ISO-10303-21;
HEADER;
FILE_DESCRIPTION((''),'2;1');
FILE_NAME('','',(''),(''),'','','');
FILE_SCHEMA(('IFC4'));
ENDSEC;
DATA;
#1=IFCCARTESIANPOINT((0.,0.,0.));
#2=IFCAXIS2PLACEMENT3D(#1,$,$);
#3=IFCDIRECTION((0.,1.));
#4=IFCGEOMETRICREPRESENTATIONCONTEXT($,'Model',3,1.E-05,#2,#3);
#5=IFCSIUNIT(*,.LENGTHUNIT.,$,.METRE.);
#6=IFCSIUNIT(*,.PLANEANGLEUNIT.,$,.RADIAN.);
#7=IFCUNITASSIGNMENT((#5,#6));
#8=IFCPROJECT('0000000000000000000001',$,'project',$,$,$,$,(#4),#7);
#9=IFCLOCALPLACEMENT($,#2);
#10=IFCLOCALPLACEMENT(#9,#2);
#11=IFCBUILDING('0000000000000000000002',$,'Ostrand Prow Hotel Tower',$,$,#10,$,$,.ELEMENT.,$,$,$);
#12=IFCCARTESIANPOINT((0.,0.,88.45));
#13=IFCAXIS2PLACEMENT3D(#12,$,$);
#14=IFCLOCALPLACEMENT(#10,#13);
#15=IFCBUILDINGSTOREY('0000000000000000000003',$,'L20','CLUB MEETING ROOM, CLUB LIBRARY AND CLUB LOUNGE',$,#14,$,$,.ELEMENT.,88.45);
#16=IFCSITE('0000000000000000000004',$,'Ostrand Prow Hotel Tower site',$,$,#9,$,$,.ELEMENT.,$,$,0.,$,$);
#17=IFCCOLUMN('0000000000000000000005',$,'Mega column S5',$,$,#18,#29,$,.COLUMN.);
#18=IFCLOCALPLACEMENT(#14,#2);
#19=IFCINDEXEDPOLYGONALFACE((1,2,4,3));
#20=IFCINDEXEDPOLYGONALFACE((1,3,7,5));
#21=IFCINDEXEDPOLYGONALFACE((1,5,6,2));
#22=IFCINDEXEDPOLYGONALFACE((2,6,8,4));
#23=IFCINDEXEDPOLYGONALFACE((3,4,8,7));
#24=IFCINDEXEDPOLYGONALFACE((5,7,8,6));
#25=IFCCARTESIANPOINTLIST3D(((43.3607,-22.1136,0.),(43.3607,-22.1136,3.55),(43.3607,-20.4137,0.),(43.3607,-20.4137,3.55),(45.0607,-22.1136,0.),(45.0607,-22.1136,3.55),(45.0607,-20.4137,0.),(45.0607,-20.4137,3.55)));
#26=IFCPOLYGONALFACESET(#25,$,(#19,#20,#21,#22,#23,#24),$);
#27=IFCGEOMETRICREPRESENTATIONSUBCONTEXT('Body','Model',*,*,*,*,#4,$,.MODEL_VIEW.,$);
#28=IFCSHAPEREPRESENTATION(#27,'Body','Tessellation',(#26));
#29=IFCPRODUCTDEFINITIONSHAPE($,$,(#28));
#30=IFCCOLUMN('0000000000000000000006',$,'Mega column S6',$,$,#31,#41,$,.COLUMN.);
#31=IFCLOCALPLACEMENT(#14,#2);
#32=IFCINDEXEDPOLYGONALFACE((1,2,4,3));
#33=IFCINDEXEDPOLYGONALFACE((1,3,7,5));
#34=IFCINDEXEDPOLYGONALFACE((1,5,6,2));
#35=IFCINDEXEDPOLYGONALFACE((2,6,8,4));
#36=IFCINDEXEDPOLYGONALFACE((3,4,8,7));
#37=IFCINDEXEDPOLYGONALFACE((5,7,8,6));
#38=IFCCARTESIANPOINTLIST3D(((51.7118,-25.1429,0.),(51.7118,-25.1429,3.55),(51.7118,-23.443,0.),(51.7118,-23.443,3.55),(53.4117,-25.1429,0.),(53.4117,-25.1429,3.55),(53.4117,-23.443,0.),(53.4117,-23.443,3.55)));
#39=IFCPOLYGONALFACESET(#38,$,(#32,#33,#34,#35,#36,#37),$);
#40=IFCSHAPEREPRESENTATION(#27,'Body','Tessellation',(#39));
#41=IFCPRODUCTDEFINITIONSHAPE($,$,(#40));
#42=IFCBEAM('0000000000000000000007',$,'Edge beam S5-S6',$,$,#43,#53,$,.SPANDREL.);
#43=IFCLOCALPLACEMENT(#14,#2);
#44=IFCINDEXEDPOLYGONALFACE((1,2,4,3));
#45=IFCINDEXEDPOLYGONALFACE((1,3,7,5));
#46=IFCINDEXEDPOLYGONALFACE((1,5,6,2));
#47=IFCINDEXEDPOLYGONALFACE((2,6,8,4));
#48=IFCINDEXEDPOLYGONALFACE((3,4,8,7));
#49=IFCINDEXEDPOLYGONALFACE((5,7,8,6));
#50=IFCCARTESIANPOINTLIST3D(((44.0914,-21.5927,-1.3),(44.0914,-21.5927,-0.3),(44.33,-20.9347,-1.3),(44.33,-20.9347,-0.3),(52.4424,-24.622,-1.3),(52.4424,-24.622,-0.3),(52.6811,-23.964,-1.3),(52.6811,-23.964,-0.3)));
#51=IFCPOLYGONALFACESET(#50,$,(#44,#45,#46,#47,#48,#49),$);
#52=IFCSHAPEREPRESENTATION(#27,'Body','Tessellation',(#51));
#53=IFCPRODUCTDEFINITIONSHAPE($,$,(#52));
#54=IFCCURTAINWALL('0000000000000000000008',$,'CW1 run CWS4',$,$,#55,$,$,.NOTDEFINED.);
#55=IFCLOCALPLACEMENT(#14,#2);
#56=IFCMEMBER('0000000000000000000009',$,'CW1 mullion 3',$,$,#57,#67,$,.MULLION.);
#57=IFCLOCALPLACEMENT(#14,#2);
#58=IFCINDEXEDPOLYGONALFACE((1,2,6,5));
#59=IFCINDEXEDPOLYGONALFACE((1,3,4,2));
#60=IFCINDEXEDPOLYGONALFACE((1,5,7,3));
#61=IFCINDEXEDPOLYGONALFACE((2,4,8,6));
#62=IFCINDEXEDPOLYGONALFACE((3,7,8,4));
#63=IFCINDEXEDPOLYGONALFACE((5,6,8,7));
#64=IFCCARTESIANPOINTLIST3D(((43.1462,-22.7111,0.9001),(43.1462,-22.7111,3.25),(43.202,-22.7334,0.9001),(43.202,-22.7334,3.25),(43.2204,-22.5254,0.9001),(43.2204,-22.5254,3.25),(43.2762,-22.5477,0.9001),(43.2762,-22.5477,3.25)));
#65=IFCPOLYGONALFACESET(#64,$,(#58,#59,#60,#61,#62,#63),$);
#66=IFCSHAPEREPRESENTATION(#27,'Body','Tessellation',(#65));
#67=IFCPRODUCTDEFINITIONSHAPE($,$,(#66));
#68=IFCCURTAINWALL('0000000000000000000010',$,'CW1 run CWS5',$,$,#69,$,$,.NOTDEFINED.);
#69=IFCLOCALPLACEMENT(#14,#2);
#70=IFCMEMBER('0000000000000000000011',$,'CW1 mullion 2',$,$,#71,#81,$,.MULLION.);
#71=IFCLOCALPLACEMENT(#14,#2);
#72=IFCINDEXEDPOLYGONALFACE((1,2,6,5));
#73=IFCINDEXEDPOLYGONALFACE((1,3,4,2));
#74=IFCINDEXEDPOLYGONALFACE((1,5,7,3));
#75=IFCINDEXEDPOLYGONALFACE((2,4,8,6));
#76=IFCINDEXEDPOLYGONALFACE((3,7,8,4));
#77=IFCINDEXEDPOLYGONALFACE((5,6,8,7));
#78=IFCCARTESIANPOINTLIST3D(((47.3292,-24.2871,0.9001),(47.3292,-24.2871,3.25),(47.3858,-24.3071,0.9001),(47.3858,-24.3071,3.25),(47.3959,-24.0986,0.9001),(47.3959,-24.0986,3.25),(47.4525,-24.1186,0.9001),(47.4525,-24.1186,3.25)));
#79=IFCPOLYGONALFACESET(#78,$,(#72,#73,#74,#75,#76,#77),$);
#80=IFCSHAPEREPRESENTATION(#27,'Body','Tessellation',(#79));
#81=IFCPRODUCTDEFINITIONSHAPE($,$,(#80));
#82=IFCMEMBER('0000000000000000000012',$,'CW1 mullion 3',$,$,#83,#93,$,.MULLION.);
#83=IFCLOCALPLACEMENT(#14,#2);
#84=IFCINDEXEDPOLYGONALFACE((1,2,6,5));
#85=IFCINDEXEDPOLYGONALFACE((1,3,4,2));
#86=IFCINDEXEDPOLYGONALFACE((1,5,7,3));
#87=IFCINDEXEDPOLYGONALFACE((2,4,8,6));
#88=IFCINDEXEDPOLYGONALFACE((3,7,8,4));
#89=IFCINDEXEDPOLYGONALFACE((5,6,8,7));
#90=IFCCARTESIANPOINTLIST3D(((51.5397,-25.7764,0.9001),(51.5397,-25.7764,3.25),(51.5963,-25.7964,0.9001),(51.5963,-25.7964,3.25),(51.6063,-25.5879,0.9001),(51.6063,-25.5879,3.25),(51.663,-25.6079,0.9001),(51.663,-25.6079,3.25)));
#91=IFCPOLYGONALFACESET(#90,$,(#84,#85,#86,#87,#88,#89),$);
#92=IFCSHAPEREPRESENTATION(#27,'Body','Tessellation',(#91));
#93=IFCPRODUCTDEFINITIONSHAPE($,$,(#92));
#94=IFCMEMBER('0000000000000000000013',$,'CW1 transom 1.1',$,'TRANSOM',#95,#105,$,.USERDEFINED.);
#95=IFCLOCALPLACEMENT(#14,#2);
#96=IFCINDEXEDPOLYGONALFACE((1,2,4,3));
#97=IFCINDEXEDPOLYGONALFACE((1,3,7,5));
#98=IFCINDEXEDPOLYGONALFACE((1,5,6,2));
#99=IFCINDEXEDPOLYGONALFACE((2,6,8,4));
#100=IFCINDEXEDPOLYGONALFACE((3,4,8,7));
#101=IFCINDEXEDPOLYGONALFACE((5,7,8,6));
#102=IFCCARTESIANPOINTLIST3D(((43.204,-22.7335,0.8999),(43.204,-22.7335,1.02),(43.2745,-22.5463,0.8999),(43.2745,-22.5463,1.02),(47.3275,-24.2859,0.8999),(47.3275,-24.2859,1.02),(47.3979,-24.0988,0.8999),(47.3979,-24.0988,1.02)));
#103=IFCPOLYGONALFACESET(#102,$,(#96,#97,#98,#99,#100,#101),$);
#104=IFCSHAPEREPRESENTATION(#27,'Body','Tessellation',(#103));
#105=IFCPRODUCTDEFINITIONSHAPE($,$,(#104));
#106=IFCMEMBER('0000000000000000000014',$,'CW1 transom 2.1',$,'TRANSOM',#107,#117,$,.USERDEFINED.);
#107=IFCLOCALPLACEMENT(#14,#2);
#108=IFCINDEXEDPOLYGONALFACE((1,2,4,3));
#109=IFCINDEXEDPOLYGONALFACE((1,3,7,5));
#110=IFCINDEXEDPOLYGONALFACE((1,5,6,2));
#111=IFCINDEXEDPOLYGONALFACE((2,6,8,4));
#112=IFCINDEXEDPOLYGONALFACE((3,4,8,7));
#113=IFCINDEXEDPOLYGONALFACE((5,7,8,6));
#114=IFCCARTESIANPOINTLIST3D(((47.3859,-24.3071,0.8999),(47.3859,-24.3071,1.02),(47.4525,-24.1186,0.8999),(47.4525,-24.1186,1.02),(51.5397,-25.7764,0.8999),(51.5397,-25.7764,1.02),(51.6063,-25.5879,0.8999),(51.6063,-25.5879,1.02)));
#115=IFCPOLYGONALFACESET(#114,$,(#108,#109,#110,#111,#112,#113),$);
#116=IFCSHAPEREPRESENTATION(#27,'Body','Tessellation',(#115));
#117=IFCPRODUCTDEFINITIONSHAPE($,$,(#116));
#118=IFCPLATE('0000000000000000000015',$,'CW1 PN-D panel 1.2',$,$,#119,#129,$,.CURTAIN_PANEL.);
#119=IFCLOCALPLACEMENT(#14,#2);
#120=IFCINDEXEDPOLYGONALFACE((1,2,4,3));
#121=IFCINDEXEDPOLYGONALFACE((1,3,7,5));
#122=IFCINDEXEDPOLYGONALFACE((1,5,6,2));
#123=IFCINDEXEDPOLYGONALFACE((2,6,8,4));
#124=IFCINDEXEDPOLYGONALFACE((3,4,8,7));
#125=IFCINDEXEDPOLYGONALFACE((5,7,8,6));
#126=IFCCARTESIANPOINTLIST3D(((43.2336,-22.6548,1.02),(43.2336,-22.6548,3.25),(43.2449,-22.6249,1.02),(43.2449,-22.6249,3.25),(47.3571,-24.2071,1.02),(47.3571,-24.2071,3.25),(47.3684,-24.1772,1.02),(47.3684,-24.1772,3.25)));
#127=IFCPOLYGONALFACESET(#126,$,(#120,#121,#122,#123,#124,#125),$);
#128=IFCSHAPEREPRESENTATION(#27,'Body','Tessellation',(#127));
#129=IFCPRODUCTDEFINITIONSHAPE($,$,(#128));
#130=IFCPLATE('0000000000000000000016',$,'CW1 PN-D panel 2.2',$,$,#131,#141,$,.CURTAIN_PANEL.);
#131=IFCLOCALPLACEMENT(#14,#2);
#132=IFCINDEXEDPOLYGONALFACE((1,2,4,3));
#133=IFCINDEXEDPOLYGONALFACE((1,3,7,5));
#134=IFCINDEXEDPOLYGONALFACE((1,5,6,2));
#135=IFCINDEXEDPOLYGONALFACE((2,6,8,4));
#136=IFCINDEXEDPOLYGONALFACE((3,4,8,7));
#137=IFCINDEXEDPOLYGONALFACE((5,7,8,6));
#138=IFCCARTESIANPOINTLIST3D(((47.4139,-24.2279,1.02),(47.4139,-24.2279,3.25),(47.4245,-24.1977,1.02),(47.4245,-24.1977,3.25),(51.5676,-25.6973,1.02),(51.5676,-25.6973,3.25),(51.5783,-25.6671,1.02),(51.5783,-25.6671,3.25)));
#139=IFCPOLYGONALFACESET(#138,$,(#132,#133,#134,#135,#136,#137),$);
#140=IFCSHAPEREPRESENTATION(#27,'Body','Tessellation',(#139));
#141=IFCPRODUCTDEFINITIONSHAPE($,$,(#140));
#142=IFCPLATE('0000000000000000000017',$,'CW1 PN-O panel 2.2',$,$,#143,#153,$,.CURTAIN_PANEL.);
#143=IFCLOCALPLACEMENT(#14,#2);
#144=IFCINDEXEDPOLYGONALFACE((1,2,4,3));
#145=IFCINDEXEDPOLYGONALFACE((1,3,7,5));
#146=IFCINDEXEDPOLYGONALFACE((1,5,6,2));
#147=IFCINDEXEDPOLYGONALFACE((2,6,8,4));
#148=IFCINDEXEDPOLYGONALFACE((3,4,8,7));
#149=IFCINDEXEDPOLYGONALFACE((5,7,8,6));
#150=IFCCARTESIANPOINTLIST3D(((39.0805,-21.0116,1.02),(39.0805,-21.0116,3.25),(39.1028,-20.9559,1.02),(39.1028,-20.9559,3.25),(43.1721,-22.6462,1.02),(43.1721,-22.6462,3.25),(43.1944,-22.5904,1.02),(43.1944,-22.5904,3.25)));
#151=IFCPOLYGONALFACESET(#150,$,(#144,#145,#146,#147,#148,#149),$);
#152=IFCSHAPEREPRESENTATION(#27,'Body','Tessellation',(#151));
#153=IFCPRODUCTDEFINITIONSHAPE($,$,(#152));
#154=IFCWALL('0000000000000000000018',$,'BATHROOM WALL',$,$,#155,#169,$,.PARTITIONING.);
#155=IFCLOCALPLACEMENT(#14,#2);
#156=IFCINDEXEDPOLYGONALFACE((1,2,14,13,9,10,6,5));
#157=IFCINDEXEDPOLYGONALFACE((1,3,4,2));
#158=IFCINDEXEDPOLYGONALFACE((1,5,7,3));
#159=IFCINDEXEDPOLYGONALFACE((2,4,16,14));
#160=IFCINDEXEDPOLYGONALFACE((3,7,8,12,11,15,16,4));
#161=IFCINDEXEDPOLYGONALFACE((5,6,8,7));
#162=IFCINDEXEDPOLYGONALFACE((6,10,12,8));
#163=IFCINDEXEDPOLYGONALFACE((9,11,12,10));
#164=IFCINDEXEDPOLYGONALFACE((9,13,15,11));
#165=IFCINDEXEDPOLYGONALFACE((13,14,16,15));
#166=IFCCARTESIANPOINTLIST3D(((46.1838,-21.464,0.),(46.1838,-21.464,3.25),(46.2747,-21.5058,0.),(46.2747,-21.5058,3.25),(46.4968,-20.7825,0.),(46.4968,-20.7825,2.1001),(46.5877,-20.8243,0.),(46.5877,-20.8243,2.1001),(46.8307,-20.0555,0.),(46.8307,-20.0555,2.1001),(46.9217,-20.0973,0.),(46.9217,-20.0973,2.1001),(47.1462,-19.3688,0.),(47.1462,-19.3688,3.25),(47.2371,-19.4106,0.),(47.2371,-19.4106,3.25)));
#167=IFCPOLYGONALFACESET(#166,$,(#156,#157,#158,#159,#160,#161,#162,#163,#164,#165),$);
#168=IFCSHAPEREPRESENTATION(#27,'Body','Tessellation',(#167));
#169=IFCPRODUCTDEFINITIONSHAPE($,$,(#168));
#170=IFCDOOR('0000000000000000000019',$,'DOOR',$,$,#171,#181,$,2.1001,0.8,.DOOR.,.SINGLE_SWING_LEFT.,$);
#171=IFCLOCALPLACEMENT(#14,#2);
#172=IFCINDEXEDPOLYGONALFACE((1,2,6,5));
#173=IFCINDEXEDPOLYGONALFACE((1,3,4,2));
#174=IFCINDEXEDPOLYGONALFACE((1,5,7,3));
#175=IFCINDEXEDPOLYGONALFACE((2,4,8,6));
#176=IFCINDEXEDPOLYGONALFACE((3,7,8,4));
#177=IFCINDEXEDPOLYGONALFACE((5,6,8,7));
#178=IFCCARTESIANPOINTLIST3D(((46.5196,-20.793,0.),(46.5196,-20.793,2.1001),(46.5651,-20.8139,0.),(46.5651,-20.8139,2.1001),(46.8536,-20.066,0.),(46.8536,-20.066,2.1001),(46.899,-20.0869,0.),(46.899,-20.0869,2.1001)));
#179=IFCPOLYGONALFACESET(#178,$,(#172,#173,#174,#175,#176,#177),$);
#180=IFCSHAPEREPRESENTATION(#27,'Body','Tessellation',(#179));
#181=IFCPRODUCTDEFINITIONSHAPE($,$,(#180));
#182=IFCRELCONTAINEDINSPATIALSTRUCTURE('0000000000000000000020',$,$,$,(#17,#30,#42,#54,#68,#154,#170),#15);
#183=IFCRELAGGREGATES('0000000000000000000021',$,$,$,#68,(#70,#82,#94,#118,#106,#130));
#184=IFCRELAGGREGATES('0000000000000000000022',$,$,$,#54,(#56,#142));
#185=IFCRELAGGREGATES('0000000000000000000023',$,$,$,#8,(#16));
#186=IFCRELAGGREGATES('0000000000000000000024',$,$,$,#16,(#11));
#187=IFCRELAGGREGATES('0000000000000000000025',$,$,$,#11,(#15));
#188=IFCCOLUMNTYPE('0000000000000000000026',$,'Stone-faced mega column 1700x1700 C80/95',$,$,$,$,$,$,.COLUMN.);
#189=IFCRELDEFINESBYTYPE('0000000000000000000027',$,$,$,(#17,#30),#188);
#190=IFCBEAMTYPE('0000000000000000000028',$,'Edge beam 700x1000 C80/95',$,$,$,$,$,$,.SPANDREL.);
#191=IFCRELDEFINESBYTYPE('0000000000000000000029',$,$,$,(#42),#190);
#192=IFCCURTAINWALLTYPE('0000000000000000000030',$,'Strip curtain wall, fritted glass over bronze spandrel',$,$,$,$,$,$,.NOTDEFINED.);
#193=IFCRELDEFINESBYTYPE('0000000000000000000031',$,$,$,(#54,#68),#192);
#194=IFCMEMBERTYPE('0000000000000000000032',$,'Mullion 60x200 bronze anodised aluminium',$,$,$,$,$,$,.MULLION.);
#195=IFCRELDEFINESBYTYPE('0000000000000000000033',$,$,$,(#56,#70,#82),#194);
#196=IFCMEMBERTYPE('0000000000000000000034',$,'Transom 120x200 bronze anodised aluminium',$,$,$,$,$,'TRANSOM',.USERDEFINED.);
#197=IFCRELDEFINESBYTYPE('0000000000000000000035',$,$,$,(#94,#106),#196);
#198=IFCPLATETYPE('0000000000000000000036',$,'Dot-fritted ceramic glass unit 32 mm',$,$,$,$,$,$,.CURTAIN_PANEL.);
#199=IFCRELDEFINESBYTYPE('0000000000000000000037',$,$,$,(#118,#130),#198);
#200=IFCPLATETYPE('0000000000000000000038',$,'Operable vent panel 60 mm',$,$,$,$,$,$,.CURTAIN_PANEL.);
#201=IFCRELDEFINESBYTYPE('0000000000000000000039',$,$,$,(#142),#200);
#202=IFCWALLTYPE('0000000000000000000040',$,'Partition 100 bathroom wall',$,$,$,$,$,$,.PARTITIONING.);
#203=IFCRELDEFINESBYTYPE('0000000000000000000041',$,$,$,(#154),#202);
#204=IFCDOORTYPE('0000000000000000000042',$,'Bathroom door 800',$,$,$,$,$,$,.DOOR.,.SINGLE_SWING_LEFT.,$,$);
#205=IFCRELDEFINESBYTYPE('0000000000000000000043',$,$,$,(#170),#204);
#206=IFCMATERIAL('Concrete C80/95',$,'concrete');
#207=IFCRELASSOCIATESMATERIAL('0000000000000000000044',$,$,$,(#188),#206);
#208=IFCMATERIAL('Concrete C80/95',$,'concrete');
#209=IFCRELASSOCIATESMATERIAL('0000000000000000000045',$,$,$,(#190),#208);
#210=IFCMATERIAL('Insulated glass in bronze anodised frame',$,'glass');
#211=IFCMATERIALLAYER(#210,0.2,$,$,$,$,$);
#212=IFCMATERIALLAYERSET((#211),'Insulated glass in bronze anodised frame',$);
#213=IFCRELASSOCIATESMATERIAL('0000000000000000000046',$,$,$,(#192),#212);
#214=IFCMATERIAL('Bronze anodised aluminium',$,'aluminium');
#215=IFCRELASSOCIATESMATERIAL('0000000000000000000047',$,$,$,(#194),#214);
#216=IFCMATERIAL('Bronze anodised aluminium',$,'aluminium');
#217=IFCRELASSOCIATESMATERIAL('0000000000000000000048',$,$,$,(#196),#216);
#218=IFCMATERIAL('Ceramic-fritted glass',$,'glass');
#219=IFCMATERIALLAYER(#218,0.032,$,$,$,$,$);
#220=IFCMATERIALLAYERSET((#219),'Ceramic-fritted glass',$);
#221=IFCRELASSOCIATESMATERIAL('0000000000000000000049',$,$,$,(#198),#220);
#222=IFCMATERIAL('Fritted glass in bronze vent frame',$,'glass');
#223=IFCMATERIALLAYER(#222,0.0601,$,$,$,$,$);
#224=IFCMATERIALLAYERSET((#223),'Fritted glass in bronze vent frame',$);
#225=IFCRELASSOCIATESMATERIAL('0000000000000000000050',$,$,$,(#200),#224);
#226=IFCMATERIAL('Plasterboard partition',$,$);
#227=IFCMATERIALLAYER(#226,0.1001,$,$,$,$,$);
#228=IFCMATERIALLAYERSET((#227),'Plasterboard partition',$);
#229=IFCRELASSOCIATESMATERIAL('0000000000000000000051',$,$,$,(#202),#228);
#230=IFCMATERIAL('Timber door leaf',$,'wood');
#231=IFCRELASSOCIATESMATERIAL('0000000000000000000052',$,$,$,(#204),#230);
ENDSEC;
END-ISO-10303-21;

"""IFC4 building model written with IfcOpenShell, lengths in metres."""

from ifc_helpers import new_model, si_unit, direction, frame, frame_2d, origin, origin_2d, place, context, subcontext, project, spatial, rectangle, extrude, material, layer, layer_set, material_profile, profile_set, type_object, element, fill, aggregate, save


model = new_model("IFC4")

# Units and contexts
model_context = context("Model", 3, precision=1e-05, world=origin(), true_north=direction((0.0, 1.0)))
body_context = subcontext(model_context, "Body", "Model", "MODEL_VIEW")
ifc_project = project(units=[si_unit("LENGTHUNIT", "METRE"), si_unit("PLANEANGLEUNIT", "RADIAN")], contexts=[model_context])

# Site, building, storey
site_placement = place(None, origin())
site = spatial("IfcSite", under=ifc_project, at=site_placement, Name="Ostrand Prow Hotel Tower site", CompositionType="ELEMENT", RefElevation=0.0)
building_placement = place(site_placement, origin())
building = spatial("IfcBuilding", under=site, at=building_placement, Name="Ostrand Prow Hotel Tower", CompositionType="ELEMENT")
storey_placement = place(building_placement, frame((0.0, 0.0, 88.45)))
storey = spatial("IfcBuildingStorey", under=building, at=storey_placement, Name="L20", Description="CLUB MEETING ROOM, CLUB LIBRARY AND CLUB LOUNGE", CompositionType="ELEMENT", Elevation=88.45)

# Columns
ifc_material_1 = material(Name="Concrete C80/95", Category="concrete")
ifc_material_profile_1 = material_profile(ifc_material_1, rectangle(XDim=1.7, YDim=1.7, at=origin_2d()), Name="RC 1700x1700")
ifc_profile_set_1 = profile_set([ifc_material_profile_1], Name="Concrete C80/95")
column_type = type_object("IfcColumnType", Name="Stone-faced mega column 1700x1700 C80/95", PredefinedType="COLUMN", material=ifc_profile_set_1)
for number, where, z_axis, x_axis, name in (
    (1, (44.2107, -21.2637, 0.0), (0.0, 0.0, 1.0), (1.0, 0.0, 0.0), "Mega column S5"),
    (2, (52.5618, -24.293, 0.0), (0.0, 0.0, 1.0), (1.0, 0.0, 0.0), "Mega column S6"),
):
    element("IfcColumn", number, at=place(storey_placement, frame(where, z_axis=z_axis, x_axis=x_axis)), inside=storey, type_object=column_type, Name=name, PredefinedType="COLUMN", context=body_context, shape_type="SweptSolid", body=[
        extrude(rectangle(XDim=1.7, YDim=1.7, at=origin_2d()), origin(), (0.0, 0.0, 1.0), 3.55),
    ])

# Beam
ifc_material_2 = material(Name="Concrete C80/95", Category="concrete")
ifc_material_profile_2 = material_profile(ifc_material_2, rectangle(XDim=0.7, YDim=1.0, at=origin_2d()), Name="RC 700x1000")
ifc_profile_set_2 = profile_set([ifc_material_profile_2], Name="Concrete C80/95")
beam_type = type_object("IfcBeamType", Name="Edge beam 700x1000 C80/95", PredefinedType="SPANDREL", material=ifc_profile_set_2)
beam_placement = place(storey_placement, frame((44.2107, -21.2637, -0.8), z_axis=(0.940063, -0.341002, 0.0), x_axis=(0.341002, 0.940063, 0.0)))
element("IfcBeam", 3, at=beam_placement, inside=storey, type_object=beam_type, Name="Edge beam S5-S6", PredefinedType="SPANDREL", context=body_context, shape_type="SweptSolid", body=[
    extrude(rectangle(XDim=0.7, YDim=1.0, at=origin_2d()), origin(), (0.0, 0.0, 1.0), 8.8835),
])

# Curtain wall, member
ifc_material_3 = material(Name="Insulated glass in bronze anodised frame", Category="glass")
ifc_layer_1 = layer(ifc_material_3, 0.2)
ifc_layer_set_1 = layer_set([ifc_layer_1], Name="Insulated glass in bronze anodised frame")
curtain_wall_type = type_object("IfcCurtainWallType", Name="Strip curtain wall, fritted glass over bronze spandrel", PredefinedType="NOTDEFINED", material=ifc_layer_set_1)
curtain_wall_1_placement = place(storey_placement, origin())
curtain_wall_1 = element("IfcCurtainWall", 4, at=curtain_wall_1_placement, inside=storey, type_object=curtain_wall_type, Name="CW1 run CWS4", PredefinedType="NOTDEFINED")
ifc_material_4 = material(Name="Bronze anodised aluminium", Category="aluminium")
ifc_material_profile_3 = material_profile(ifc_material_4, rectangle(XDim=0.2, YDim=0.0601, at=origin_2d()), Name="Mullion 60x200 bronze anodised aluminium")
ifc_profile_set_3 = profile_set([ifc_material_profile_3], Name="Bronze anodised aluminium")
member_type_1 = type_object("IfcMemberType", Name="Mullion 60x200 bronze anodised aluminium", PredefinedType="MULLION", material=ifc_profile_set_3)
member_1_placement = place(storey_placement, frame((43.2112, -22.6294, 0.9001), z_axis=(0.0, 0.0, 1.0), x_axis=(0.370982, 0.92864, 0.0)))
member_1 = element("IfcMember", 5, at=member_1_placement, type_object=member_type_1, Name="CW1 mullion 3", PredefinedType="MULLION", context=body_context, shape_type="SweptSolid", body=[
    extrude(rectangle(XDim=0.2, YDim=0.0601, at=origin_2d()), origin(), (0.0, 0.0, 1.0), 2.3499),
])

# Curtain wall, members, plates
curtain_wall_2_placement = place(storey_placement, origin())
curtain_wall_2 = element("IfcCurtainWall", 6, at=curtain_wall_2_placement, inside=storey, type_object=curtain_wall_type, Name="CW1 run CWS5", PredefinedType="NOTDEFINED")
member_2_placement = place(storey_placement, frame((47.3909, -24.2029, 0.9001), z_axis=(0.0, 0.0, 1.0), x_axis=(0.333496, 0.942752, 0.0)))
member_2 = element("IfcMember", 7, at=member_2_placement, type_object=member_type_1, Name="CW1 mullion 2", PredefinedType="MULLION", context=body_context, shape_type="SweptSolid", body=[
    extrude(rectangle(XDim=0.2, YDim=0.0601, at=origin_2d()), origin(), (0.0, 0.0, 1.0), 2.3499),
])
member_3_placement = place(storey_placement, frame((51.6013, -25.6921, 0.9001), z_axis=(0.0, 0.0, 1.0), x_axis=(0.333496, 0.942752, 0.0)))
member_3 = element("IfcMember", 8, at=member_3_placement, type_object=member_type_1, Name="CW1 mullion 3", PredefinedType="MULLION", context=body_context, shape_type="SweptSolid", body=[
    extrude(rectangle(XDim=0.2, YDim=0.0601, at=origin_2d()), origin(), (0.0, 0.0, 1.0), 2.3499),
])
ifc_material_5 = material(Name="Bronze anodised aluminium", Category="aluminium")
ifc_material_profile_4 = material_profile(ifc_material_5, rectangle(XDim=0.2, YDim=0.1201, at=origin_2d()), Name="Transom 120x200 bronze anodised aluminium")
ifc_profile_set_4 = profile_set([ifc_material_profile_4], Name="Bronze anodised aluminium")
member_type_2 = type_object("IfcMemberType", Name="Transom 120x200 bronze anodised aluminium", ElementType="TRANSOM", PredefinedType="USERDEFINED", material=ifc_profile_set_4)
member_4_placement = place(storey_placement, frame((43.2393, -22.6399, 0.96), z_axis=(0.935868, -0.35235, 0.0), x_axis=(0.35235, 0.935868, 0.0)))
member_4 = element("IfcMember", 9, at=member_4_placement, type_object=member_type_2, Name="CW1 transom 1.1", ObjectType="TRANSOM", PredefinedType="USERDEFINED", context=body_context, shape_type="SweptSolid", body=[
    extrude(rectangle(XDim=0.2, YDim=0.1201, at=origin_2d()), origin(), (0.0, 0.0, 1.0), 4.406),
])
member_5_placement = place(storey_placement, frame((47.4192, -24.2129, 0.96), z_axis=(0.942763, -0.333463, 0.0), x_axis=(0.333463, 0.942763, 0.0)))
member_5 = element("IfcMember", 10, at=member_5_placement, type_object=member_type_2, Name="CW1 transom 2.1", ObjectType="TRANSOM", PredefinedType="USERDEFINED", context=body_context, shape_type="SweptSolid", body=[
    extrude(rectangle(XDim=0.2, YDim=0.1201, at=origin_2d()), origin(), (0.0, 0.0, 1.0), 4.406),
])
ifc_material_6 = material(Name="Ceramic-fritted glass", Category="glass")
ifc_layer_2 = layer(ifc_material_6, 0.032)
ifc_layer_set_2 = layer_set([ifc_layer_2], Name="Ceramic-fritted glass")
plate_type_1 = type_object("IfcPlateType", Name="Dot-fritted ceramic glass unit 32 mm", PredefinedType="CURTAIN_PANEL", material=ifc_layer_set_2)
plate_1_placement = place(storey_placement, frame((45.301, -23.416, 1.02), z_axis=(0.0, 0.0, 1.0), x_axis=(0.935884, -0.352309, 0.0)))
plate_1 = element("IfcPlate", 11, at=plate_1_placement, type_object=plate_type_1, Name="CW1 PN-D panel 1.2", PredefinedType="CURTAIN_PANEL", context=body_context, shape_type="SweptSolid", body=[
    extrude(rectangle(XDim=4.406, YDim=0.032, at=origin_2d()), origin(), (0.0, 0.0, 1.0), 2.23),
])
plate_2_placement = place(storey_placement, frame((49.4961, -24.9475, 1.02), z_axis=(0.0, 0.0, 1.0), x_axis=(0.942752, -0.333496, 0.0)))
plate_2 = element("IfcPlate", 12, at=plate_2_placement, type_object=plate_type_1, Name="CW1 PN-D panel 2.2", PredefinedType="CURTAIN_PANEL", context=body_context, shape_type="SweptSolid", body=[
    extrude(rectangle(XDim=4.406, YDim=0.032, at=origin_2d()), origin(), (0.0, 0.0, 1.0), 2.23),
])
aggregate(curtain_wall_2, [member_2, member_3, member_4, plate_1, member_5, plate_2])

# Plate
ifc_material_7 = material(Name="Fritted glass in bronze vent frame", Category="glass")
ifc_layer_3 = layer(ifc_material_7, 0.0601)
ifc_layer_set_3 = layer_set([ifc_layer_3], Name="Fritted glass in bronze vent frame")
plate_type_2 = type_object("IfcPlateType", Name="Operable vent panel 60 mm", PredefinedType="CURTAIN_PANEL", material=ifc_layer_set_3)
plate_3_placement = place(storey_placement, frame((41.1375, -21.801, 1.02), z_axis=(0.0, 0.0, 1.0), x_axis=(0.92864, -0.370982, 0.0)))
plate_3 = element("IfcPlate", 13, at=plate_3_placement, type_object=plate_type_2, Name="CW1 PN-O panel 2.2", PredefinedType="CURTAIN_PANEL", context=body_context, shape_type="SweptSolid", body=[
    extrude(rectangle(XDim=4.406, YDim=0.0601, at=origin_2d()), origin(), (0.0, 0.0, 1.0), 2.23),
])
aggregate(curtain_wall_1, [member_1, plate_3])

# Wall, opening, door
ifc_material_8 = material(Name="Plasterboard partition")
ifc_layer_4 = layer(ifc_material_8, 0.1001)
ifc_layer_set_4 = layer_set([ifc_layer_4], Name="Plasterboard partition")
wall_type_1 = type_object("IfcWallType", Name="Partition 100 bathroom wall", PredefinedType="PARTITIONING", material=ifc_layer_set_4)
wall_1_placement = place(storey_placement, frame((46.2292, -21.4849, 0.0), z_axis=(0.0, 0.0, 1.0), x_axis=(0.417406, 0.90872, 0.0)))
wall_1 = element("IfcWall", 14, at=wall_1_placement, inside=storey, type_object=wall_type_1, Name="BATHROOM WALL", PredefinedType="PARTITIONING", context=body_context, shape_type="SweptSolid", body=[
    extrude(rectangle(XDim=2.3057, YDim=0.1001, at=frame_2d((1.1528, 0.0))), origin(), (0.0, 0.0, 1.0), 3.25),
])
opening_1_placement = place(wall_1_placement, frame((0.75, 0.0, 0.0)))
opening_1 = element("IfcOpeningElement", 15, at=opening_1_placement, cuts=wall_1, PredefinedType="OPENING", context=body_context, shape_type="SweptSolid", body=[
    extrude(rectangle(XDim=0.8, YDim=2.1001, at=frame_2d((0.3999, 1.05))), frame((0.0, 0.0601, 0.0), z_axis=(0.0, -1.0, 0.0), x_axis=(1.0, 0.0, 0.0)), (0.0, 0.0, 1.0), 0.1201),
])
ifc_material_9 = material(Name="Timber door leaf", Category="wood")
door_type_1 = type_object("IfcDoorType", Name="Bathroom door 800", OperationType="SINGLE_SWING_LEFT", PredefinedType="DOOR", material=ifc_material_9)
door_1_placement = place(opening_1_placement, origin())
door_1 = element("IfcDoor", 16, at=door_1_placement, inside=storey, type_object=door_type_1, Name="DOOR", OperationType="SINGLE_SWING_LEFT", OverallHeight=2.1001, OverallWidth=0.8, PredefinedType="DOOR", context=body_context, shape_type="SweptSolid", body=[
    extrude(rectangle(XDim=0.8, YDim=2.1001, at=frame_2d((0.3999, 1.05))), frame((0.0, 0.0249, 0.0), z_axis=(0.0, -1.0, 0.0), x_axis=(1.0, 0.0, 0.0)), (0.0, 0.0, 1.0), 0.05),
])
fill(opening_1, door_1)

save(model, "model.ifc")
